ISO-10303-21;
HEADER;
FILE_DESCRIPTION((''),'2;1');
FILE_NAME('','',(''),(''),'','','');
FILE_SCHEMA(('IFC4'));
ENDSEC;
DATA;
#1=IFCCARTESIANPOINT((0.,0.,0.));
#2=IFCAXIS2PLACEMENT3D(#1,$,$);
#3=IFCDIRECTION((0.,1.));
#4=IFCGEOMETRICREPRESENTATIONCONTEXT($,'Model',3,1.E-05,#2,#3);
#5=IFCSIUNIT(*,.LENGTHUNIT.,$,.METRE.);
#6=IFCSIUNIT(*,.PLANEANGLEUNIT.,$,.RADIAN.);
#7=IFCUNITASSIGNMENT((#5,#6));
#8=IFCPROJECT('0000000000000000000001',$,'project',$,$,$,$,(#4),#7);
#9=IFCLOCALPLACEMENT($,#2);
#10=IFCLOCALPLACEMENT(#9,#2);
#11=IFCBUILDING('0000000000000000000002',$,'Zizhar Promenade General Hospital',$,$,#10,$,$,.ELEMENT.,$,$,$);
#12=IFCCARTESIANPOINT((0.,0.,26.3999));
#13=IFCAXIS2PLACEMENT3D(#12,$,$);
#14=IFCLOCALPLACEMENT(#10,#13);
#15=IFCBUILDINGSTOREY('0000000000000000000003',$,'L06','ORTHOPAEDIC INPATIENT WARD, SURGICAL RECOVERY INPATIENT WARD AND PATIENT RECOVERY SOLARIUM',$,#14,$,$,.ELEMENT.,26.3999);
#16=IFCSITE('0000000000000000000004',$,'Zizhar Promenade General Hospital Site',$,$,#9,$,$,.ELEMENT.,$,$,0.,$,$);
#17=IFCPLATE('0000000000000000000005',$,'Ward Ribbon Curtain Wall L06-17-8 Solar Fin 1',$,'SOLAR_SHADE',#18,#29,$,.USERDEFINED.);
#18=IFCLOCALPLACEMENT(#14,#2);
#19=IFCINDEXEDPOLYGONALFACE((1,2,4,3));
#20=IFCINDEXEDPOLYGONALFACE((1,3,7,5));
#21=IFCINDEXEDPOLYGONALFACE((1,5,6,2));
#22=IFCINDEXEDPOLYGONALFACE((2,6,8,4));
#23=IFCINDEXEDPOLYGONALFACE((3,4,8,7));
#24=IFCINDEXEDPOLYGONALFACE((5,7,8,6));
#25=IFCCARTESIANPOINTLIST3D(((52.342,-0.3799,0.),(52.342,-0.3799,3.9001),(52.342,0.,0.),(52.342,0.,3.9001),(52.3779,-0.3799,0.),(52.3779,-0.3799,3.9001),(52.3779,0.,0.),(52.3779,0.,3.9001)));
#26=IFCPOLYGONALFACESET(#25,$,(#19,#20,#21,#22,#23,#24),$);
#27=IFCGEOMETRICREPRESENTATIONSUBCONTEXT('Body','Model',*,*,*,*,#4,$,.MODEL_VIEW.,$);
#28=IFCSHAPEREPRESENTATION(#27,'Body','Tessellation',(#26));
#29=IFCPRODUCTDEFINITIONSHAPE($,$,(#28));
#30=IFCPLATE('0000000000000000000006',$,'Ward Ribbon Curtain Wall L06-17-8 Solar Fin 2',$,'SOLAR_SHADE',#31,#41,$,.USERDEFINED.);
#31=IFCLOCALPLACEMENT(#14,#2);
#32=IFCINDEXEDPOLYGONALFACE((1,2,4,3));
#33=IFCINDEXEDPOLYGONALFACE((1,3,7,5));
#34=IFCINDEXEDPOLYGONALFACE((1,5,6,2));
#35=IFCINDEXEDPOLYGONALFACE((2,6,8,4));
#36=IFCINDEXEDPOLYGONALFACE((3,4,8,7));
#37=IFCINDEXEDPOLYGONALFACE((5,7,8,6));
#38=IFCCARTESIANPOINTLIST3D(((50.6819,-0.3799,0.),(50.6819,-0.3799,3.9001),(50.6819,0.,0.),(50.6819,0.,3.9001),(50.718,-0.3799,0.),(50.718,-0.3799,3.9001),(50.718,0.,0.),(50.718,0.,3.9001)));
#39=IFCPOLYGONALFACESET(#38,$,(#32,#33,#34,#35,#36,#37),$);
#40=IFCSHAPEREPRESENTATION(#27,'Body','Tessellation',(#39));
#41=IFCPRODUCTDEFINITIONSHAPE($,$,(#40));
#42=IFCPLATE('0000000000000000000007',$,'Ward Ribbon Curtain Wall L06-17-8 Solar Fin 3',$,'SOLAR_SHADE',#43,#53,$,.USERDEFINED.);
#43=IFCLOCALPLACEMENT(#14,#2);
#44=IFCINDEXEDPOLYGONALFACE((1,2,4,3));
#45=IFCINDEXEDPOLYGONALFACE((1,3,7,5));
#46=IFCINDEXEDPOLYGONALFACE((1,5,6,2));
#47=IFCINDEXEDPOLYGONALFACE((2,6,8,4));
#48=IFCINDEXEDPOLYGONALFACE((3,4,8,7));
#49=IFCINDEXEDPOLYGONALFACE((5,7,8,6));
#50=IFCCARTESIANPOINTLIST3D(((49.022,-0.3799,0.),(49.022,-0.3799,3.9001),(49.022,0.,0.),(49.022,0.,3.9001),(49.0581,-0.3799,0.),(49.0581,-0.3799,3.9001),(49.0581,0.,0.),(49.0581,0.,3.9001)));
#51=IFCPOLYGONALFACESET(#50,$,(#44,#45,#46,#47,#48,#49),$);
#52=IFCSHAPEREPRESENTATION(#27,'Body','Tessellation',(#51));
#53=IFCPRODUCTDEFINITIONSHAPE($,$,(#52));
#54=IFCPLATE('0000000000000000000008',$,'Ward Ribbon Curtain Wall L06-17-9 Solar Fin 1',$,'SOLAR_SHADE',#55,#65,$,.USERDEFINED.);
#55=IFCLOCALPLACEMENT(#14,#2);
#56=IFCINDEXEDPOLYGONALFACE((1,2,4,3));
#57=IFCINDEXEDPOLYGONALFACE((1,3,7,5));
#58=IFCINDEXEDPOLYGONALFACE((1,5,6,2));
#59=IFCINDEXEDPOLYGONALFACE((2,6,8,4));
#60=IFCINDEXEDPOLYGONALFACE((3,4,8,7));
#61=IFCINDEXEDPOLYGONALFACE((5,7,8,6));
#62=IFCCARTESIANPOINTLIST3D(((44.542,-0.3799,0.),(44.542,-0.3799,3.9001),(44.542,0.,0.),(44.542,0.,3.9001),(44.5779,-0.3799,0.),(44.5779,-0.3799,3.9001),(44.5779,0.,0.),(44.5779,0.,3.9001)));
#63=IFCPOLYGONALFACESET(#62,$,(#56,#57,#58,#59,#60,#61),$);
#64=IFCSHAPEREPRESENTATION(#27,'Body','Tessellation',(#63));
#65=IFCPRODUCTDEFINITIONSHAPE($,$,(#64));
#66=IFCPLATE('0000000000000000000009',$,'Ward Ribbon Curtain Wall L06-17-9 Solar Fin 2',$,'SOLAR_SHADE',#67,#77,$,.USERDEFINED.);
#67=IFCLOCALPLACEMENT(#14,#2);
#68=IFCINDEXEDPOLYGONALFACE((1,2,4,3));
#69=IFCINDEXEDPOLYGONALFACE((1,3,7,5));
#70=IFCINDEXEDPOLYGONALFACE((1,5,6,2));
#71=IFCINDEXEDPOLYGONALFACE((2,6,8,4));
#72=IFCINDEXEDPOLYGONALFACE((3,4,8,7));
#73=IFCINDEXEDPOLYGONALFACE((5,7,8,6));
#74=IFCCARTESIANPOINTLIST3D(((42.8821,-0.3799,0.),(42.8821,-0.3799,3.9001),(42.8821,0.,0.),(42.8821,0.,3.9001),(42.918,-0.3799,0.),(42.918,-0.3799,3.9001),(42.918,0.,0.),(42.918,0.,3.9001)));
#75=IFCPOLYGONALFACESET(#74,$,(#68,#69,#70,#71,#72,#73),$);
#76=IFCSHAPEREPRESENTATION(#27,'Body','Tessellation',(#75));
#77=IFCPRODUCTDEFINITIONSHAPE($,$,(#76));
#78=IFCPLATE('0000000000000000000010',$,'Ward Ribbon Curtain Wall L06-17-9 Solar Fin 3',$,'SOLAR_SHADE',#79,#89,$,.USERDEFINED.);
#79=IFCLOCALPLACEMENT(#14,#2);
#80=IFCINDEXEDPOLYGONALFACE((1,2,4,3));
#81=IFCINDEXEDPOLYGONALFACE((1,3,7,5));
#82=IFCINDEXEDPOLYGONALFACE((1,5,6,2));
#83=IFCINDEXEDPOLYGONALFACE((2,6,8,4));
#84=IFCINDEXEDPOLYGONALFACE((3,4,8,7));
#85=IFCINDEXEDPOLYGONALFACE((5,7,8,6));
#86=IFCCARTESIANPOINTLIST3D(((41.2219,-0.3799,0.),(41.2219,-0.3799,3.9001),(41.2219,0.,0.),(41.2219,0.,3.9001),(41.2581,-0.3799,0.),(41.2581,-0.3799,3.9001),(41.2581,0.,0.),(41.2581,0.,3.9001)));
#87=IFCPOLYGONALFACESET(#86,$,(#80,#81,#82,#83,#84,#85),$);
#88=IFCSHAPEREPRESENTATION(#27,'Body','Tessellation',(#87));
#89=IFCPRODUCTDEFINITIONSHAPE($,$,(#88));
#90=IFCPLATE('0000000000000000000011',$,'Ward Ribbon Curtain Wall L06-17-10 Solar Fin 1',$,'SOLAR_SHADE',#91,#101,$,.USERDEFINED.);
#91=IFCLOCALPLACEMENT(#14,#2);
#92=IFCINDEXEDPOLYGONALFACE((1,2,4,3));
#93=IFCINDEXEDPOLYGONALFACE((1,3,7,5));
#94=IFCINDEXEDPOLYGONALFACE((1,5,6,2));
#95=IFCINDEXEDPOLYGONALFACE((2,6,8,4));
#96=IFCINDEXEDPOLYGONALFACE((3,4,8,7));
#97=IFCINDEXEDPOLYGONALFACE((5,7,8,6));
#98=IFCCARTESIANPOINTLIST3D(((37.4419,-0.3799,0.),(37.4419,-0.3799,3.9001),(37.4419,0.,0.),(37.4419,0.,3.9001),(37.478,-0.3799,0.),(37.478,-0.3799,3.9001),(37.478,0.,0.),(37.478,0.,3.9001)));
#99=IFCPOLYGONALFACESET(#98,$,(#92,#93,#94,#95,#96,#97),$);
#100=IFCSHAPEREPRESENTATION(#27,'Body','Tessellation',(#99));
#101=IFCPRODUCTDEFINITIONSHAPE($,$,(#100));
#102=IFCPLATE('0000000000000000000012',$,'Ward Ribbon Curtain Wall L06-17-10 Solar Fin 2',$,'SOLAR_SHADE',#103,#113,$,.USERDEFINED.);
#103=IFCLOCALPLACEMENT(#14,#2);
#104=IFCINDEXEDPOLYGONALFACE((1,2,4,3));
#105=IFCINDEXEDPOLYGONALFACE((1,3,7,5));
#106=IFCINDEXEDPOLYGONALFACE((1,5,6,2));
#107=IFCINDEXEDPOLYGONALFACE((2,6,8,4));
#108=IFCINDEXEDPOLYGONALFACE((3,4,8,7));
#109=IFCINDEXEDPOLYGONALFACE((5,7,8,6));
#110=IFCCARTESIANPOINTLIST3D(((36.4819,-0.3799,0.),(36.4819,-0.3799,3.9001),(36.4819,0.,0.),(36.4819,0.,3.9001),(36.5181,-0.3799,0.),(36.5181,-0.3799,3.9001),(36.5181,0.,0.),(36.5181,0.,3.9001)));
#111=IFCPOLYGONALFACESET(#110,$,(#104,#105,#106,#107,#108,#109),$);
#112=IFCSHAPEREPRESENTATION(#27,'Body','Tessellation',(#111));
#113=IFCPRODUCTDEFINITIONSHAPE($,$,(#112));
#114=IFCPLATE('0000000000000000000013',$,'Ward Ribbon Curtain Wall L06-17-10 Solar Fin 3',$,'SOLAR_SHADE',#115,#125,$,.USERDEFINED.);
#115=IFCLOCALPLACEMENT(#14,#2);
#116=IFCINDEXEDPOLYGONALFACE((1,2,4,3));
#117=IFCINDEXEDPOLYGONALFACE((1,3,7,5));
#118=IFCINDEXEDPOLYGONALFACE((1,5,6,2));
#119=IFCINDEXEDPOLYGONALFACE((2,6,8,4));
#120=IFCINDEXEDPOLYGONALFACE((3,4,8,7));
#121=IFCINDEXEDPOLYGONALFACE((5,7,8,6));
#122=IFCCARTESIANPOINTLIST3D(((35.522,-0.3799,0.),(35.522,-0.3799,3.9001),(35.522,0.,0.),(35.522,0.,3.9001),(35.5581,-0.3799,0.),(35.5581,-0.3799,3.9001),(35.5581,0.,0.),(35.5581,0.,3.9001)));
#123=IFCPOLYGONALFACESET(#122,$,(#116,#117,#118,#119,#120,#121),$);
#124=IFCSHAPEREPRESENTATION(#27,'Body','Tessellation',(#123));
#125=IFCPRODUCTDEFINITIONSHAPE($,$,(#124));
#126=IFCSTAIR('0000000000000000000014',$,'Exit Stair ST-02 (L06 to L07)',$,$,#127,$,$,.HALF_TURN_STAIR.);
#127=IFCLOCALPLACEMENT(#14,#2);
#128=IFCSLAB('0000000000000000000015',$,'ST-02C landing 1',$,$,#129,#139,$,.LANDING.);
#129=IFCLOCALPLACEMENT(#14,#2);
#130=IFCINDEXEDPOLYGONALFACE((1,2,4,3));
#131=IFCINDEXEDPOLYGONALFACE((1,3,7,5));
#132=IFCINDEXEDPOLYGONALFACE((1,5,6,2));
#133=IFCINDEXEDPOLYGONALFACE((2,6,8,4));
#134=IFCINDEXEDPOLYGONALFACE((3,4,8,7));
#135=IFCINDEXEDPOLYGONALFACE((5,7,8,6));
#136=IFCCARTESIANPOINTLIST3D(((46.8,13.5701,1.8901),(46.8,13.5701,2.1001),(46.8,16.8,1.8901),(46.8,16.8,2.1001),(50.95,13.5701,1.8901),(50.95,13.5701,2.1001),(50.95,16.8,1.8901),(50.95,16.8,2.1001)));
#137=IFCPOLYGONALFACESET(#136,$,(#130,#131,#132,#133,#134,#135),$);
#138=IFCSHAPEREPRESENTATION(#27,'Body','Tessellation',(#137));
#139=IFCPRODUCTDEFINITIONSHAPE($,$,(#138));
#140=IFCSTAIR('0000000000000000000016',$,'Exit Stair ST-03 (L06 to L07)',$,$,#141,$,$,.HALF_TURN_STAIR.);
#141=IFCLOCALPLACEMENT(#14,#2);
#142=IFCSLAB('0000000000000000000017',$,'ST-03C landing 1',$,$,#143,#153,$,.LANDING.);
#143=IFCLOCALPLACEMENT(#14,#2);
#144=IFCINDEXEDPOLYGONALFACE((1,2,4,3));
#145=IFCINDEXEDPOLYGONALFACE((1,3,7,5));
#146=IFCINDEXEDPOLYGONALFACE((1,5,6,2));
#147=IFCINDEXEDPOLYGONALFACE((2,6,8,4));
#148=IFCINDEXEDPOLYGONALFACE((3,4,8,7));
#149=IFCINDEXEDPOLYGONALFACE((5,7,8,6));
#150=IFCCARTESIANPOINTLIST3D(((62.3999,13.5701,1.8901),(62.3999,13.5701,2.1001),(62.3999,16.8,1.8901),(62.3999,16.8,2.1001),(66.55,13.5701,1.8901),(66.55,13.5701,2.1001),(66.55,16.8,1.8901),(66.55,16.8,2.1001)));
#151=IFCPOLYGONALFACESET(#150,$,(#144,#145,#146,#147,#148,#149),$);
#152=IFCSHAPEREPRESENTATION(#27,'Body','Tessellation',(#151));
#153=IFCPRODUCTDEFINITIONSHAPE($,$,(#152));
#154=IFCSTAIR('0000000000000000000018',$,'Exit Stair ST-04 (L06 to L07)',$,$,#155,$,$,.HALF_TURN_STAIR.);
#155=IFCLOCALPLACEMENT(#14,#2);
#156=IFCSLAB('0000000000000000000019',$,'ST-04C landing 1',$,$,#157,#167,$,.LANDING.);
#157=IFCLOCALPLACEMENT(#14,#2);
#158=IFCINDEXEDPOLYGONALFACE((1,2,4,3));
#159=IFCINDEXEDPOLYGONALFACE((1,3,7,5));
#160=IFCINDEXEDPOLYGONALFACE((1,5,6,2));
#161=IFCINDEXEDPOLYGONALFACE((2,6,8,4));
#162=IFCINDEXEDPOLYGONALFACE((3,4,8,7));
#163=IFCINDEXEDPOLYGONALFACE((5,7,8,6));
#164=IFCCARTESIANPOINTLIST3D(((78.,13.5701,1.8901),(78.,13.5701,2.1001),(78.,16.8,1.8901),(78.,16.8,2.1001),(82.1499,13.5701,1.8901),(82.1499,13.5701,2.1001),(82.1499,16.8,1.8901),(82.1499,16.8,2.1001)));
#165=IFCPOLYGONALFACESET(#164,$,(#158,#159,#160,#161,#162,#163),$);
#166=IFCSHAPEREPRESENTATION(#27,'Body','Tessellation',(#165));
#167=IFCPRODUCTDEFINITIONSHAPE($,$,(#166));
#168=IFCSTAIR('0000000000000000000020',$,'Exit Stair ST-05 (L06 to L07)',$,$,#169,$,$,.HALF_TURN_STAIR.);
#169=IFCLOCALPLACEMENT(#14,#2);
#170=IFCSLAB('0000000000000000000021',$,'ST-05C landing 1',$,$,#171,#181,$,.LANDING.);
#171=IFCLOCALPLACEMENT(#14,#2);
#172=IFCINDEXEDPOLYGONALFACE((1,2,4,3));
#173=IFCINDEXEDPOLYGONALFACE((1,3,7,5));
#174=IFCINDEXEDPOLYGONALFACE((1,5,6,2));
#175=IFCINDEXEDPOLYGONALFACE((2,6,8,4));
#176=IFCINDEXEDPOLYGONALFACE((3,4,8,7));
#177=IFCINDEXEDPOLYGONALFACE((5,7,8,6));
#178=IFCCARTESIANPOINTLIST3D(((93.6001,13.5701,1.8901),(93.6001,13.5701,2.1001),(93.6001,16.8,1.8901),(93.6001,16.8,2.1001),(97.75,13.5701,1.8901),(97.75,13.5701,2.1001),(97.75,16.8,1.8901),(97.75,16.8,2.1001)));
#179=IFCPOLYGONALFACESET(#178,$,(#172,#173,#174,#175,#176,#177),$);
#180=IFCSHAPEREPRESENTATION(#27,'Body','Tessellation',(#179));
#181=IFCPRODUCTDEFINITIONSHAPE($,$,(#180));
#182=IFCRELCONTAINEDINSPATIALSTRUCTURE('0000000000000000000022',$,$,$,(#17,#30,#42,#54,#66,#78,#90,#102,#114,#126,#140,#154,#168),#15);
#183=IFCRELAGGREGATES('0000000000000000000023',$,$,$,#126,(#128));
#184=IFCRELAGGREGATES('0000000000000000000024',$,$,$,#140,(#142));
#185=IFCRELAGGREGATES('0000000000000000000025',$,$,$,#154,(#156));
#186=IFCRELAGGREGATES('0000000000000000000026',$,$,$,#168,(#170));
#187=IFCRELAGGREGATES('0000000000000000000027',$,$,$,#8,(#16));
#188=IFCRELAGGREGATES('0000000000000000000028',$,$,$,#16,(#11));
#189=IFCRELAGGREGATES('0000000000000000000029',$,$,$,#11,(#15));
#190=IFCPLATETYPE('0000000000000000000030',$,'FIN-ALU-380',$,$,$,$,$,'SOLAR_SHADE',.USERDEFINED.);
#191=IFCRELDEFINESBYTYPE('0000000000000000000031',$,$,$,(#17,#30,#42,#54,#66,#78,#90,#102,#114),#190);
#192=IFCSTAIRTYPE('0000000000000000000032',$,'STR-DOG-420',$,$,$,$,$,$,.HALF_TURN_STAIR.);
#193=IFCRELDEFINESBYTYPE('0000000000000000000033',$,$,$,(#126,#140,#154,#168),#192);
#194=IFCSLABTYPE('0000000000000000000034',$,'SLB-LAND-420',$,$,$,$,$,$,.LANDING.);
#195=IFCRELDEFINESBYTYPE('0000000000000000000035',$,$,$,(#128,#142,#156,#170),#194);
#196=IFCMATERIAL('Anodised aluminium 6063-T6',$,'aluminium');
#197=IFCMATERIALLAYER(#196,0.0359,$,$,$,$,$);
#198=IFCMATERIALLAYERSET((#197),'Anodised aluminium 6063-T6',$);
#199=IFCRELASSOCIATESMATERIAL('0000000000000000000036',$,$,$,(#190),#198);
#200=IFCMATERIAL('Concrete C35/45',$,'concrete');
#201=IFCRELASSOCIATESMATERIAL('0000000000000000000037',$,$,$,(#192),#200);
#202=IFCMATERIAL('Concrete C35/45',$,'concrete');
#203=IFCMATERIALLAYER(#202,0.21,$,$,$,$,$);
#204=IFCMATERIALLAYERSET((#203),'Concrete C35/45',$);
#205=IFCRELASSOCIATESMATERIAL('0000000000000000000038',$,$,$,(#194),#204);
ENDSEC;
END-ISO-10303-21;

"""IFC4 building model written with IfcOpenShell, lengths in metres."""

from ifc_helpers import new_model, si_unit, direction, frame, origin, place, context, subcontext, project, spatial, polyline, outline, extrude, material, layer, layer_set, type_object, element, aggregate, save


model = new_model("IFC4")

# Units and contexts
model_context = context("Model", 3, precision=1e-05, world=origin(), true_north=direction((0.0, 1.0)))
body_context = subcontext(model_context, "Body", "Model", "MODEL_VIEW")
ifc_project = project(units=[si_unit("LENGTHUNIT", "METRE"), si_unit("PLANEANGLEUNIT", "RADIAN")], contexts=[model_context])

# Site, building, storey
site_placement = place(None, origin())
site = spatial("IfcSite", under=ifc_project, at=site_placement, Name="Zizhar Promenade General Hospital Site", CompositionType="ELEMENT", RefElevation=0.0)
building_placement = place(site_placement, origin())
building = spatial("IfcBuilding", under=site, at=building_placement, Name="Zizhar Promenade General Hospital", CompositionType="ELEMENT")
storey_placement = place(building_placement, frame((0.0, 0.0, 26.3999)))
storey = spatial("IfcBuildingStorey", under=building, at=storey_placement, Name="L06", Description="ORTHOPAEDIC INPATIENT WARD, SURGICAL RECOVERY INPATIENT WARD AND PATIENT RECOVERY SOLARIUM", CompositionType="ELEMENT", Elevation=26.3999)

# Plates
ifc_material_1 = material(Name="Anodised aluminium 6063-T6", Category="aluminium")
ifc_layer_1 = layer(ifc_material_1, 0.0359)
ifc_layer_set_1 = layer_set([ifc_layer_1], Name="Anodised aluminium 6063-T6")
plate_type_1 = type_object("IfcPlateType", Name="FIN-ALU-380", ElementType="SOLAR_SHADE", PredefinedType="USERDEFINED", material=ifc_layer_set_1)
plate_1_placement = place(storey_placement, origin())
element("IfcPlate", 1, at=plate_1_placement, inside=storey, type_object=plate_type_1, Name="Ward Ribbon Curtain Wall L06-17-8 Solar Fin 1", ObjectType="SOLAR_SHADE", PredefinedType="USERDEFINED", context=body_context, shape_type="SweptSolid", body=[
    extrude(outline(polyline([(52.3779, 0.0), (52.342, 0.0), (52.342, -0.3799), (52.3779, -0.3799), (52.3779, 0.0)])), origin(), (0.0, 0.0, 1.0), 3.9001),
])
plate_2_placement = place(storey_placement, origin())
element("IfcPlate", 2, at=plate_2_placement, inside=storey, type_object=plate_type_1, Name="Ward Ribbon Curtain Wall L06-17-8 Solar Fin 2", ObjectType="SOLAR_SHADE", PredefinedType="USERDEFINED", context=body_context, shape_type="SweptSolid", body=[
    extrude(outline(polyline([(50.718, 0.0), (50.6819, 0.0), (50.6819, -0.3799), (50.718, -0.3799), (50.718, 0.0)])), origin(), (0.0, 0.0, 1.0), 3.9001),
])
plate_3_placement = place(storey_placement, origin())
element("IfcPlate", 3, at=plate_3_placement, inside=storey, type_object=plate_type_1, Name="Ward Ribbon Curtain Wall L06-17-8 Solar Fin 3", ObjectType="SOLAR_SHADE", PredefinedType="USERDEFINED", context=body_context, shape_type="SweptSolid", body=[
    extrude(outline(polyline([(49.0581, 0.0), (49.022, 0.0), (49.022, -0.3799), (49.0581, -0.3799), (49.0581, 0.0)])), origin(), (0.0, 0.0, 1.0), 3.9001),
])
plate_4_placement = place(storey_placement, origin())
element("IfcPlate", 4, at=plate_4_placement, inside=storey, type_object=plate_type_1, Name="Ward Ribbon Curtain Wall L06-17-9 Solar Fin 1", ObjectType="SOLAR_SHADE", PredefinedType="USERDEFINED", context=body_context, shape_type="SweptSolid", body=[
    extrude(outline(polyline([(44.5779, 0.0), (44.542, 0.0), (44.542, -0.3799), (44.5779, -0.3799), (44.5779, 0.0)])), origin(), (0.0, 0.0, 1.0), 3.9001),
])
plate_5_placement = place(storey_placement, origin())
element("IfcPlate", 5, at=plate_5_placement, inside=storey, type_object=plate_type_1, Name="Ward Ribbon Curtain Wall L06-17-9 Solar Fin 2", ObjectType="SOLAR_SHADE", PredefinedType="USERDEFINED", context=body_context, shape_type="SweptSolid", body=[
    extrude(outline(polyline([(42.918, 0.0), (42.8821, 0.0), (42.8821, -0.3799), (42.918, -0.3799), (42.918, 0.0)])), origin(), (0.0, 0.0, 1.0), 3.9001),
])
plate_6_placement = place(storey_placement, origin())
element("IfcPlate", 6, at=plate_6_placement, inside=storey, type_object=plate_type_1, Name="Ward Ribbon Curtain Wall L06-17-9 Solar Fin 3", ObjectType="SOLAR_SHADE", PredefinedType="USERDEFINED", context=body_context, shape_type="SweptSolid", body=[
    extrude(outline(polyline([(41.2581, 0.0), (41.2219, 0.0), (41.2219, -0.3799), (41.2581, -0.3799), (41.2581, 0.0)])), origin(), (0.0, 0.0, 1.0), 3.9001),
])
plate_7_placement = place(storey_placement, origin())
element("IfcPlate", 7, at=plate_7_placement, inside=storey, type_object=plate_type_1, Name="Ward Ribbon Curtain Wall L06-17-10 Solar Fin 1", ObjectType="SOLAR_SHADE", PredefinedType="USERDEFINED", context=body_context, shape_type="SweptSolid", body=[
    extrude(outline(polyline([(37.478, 0.0), (37.4419, 0.0), (37.4419, -0.3799), (37.478, -0.3799), (37.478, 0.0)])), origin(), (0.0, 0.0, 1.0), 3.9001),
])
plate_8_placement = place(storey_placement, origin())
element("IfcPlate", 8, at=plate_8_placement, inside=storey, type_object=plate_type_1, Name="Ward Ribbon Curtain Wall L06-17-10 Solar Fin 2", ObjectType="SOLAR_SHADE", PredefinedType="USERDEFINED", context=body_context, shape_type="SweptSolid", body=[
    extrude(outline(polyline([(36.5181, 0.0), (36.4819, 0.0), (36.4819, -0.3799), (36.5181, -0.3799), (36.5181, 0.0)])), origin(), (0.0, 0.0, 1.0), 3.9001),
])
plate_9_placement = place(storey_placement, origin())
element("IfcPlate", 9, at=plate_9_placement, inside=storey, type_object=plate_type_1, Name="Ward Ribbon Curtain Wall L06-17-10 Solar Fin 3", ObjectType="SOLAR_SHADE", PredefinedType="USERDEFINED", context=body_context, shape_type="SweptSolid", body=[
    extrude(outline(polyline([(35.5581, 0.0), (35.522, 0.0), (35.522, -0.3799), (35.5581, -0.3799), (35.5581, 0.0)])), origin(), (0.0, 0.0, 1.0), 3.9001),
])

# Stairs, slabs
ifc_material_2 = material(Name="Concrete C35/45", Category="concrete")
stair_type = type_object("IfcStairType", Name="STR-DOG-420", PredefinedType="HALF_TURN_STAIR", material=ifc_material_2)
stair_1_placement = place(storey_placement, origin())
stair_1 = element("IfcStair", 10, at=stair_1_placement, inside=storey, type_object=stair_type, Name="Exit Stair ST-02 (L06 to L07)", PredefinedType="HALF_TURN_STAIR")
ifc_material_3 = material(Name="Concrete C35/45", Category="concrete")
ifc_layer_2 = layer(ifc_material_3, 0.21)
ifc_layer_set_2 = layer_set([ifc_layer_2], Name="Concrete C35/45")
slab_type = type_object("IfcSlabType", Name="SLB-LAND-420", PredefinedType="LANDING", material=ifc_layer_set_2)
slab_1_placement = place(storey_placement, frame((0.0, 0.0, 1.8901)))
slab_1 = element("IfcSlab", 11, at=slab_1_placement, type_object=slab_type, Name="ST-02C landing 1", PredefinedType="LANDING", context=body_context, shape_type="SweptSolid", body=[
    extrude(outline(polyline([(46.8, 13.5701), (50.95, 13.5701), (50.95, 16.8), (46.8, 16.8), (46.8, 13.5701)])), origin(), (0.0, 0.0, 1.0), 0.21),
])
aggregate(stair_1, [slab_1])
stair_2_placement = place(storey_placement, origin())
stair_2 = element("IfcStair", 12, at=stair_2_placement, inside=storey, type_object=stair_type, Name="Exit Stair ST-03 (L06 to L07)", PredefinedType="HALF_TURN_STAIR")
slab_2_placement = place(storey_placement, frame((0.0, 0.0, 1.8901)))
slab_2 = element("IfcSlab", 13, at=slab_2_placement, type_object=slab_type, Name="ST-03C landing 1", PredefinedType="LANDING", context=body_context, shape_type="SweptSolid", body=[
    extrude(outline(polyline([(62.3999, 13.5701), (66.55, 13.5701), (66.55, 16.8), (62.3999, 16.8), (62.3999, 13.5701)])), origin(), (0.0, 0.0, 1.0), 0.21),
])
aggregate(stair_2, [slab_2])
stair_3_placement = place(storey_placement, origin())
stair_3 = element("IfcStair", 14, at=stair_3_placement, inside=storey, type_object=stair_type, Name="Exit Stair ST-04 (L06 to L07)", PredefinedType="HALF_TURN_STAIR")
slab_3_placement = place(storey_placement, frame((0.0, 0.0, 1.8901)))
slab_3 = element("IfcSlab", 15, at=slab_3_placement, type_object=slab_type, Name="ST-04C landing 1", PredefinedType="LANDING", context=body_context, shape_type="SweptSolid", body=[
    extrude(outline(polyline([(78.0, 13.5701), (82.1499, 13.5701), (82.1499, 16.8), (78.0, 16.8), (78.0, 13.5701)])), origin(), (0.0, 0.0, 1.0), 0.21),
])
aggregate(stair_3, [slab_3])
stair_4_placement = place(storey_placement, origin())
stair_4 = element("IfcStair", 16, at=stair_4_placement, inside=storey, type_object=stair_type, Name="Exit Stair ST-05 (L06 to L07)", PredefinedType="HALF_TURN_STAIR")
slab_4_placement = place(storey_placement, frame((0.0, 0.0, 1.8901)))
slab_4 = element("IfcSlab", 17, at=slab_4_placement, type_object=slab_type, Name="ST-05C landing 1", PredefinedType="LANDING", context=body_context, shape_type="SweptSolid", body=[
    extrude(outline(polyline([(93.6001, 13.5701), (97.75, 13.5701), (97.75, 16.8), (93.6001, 16.8), (93.6001, 13.5701)])), origin(), (0.0, 0.0, 1.0), 0.21),
])
aggregate(stair_4, [slab_4])

save(model, "model.ifc")
